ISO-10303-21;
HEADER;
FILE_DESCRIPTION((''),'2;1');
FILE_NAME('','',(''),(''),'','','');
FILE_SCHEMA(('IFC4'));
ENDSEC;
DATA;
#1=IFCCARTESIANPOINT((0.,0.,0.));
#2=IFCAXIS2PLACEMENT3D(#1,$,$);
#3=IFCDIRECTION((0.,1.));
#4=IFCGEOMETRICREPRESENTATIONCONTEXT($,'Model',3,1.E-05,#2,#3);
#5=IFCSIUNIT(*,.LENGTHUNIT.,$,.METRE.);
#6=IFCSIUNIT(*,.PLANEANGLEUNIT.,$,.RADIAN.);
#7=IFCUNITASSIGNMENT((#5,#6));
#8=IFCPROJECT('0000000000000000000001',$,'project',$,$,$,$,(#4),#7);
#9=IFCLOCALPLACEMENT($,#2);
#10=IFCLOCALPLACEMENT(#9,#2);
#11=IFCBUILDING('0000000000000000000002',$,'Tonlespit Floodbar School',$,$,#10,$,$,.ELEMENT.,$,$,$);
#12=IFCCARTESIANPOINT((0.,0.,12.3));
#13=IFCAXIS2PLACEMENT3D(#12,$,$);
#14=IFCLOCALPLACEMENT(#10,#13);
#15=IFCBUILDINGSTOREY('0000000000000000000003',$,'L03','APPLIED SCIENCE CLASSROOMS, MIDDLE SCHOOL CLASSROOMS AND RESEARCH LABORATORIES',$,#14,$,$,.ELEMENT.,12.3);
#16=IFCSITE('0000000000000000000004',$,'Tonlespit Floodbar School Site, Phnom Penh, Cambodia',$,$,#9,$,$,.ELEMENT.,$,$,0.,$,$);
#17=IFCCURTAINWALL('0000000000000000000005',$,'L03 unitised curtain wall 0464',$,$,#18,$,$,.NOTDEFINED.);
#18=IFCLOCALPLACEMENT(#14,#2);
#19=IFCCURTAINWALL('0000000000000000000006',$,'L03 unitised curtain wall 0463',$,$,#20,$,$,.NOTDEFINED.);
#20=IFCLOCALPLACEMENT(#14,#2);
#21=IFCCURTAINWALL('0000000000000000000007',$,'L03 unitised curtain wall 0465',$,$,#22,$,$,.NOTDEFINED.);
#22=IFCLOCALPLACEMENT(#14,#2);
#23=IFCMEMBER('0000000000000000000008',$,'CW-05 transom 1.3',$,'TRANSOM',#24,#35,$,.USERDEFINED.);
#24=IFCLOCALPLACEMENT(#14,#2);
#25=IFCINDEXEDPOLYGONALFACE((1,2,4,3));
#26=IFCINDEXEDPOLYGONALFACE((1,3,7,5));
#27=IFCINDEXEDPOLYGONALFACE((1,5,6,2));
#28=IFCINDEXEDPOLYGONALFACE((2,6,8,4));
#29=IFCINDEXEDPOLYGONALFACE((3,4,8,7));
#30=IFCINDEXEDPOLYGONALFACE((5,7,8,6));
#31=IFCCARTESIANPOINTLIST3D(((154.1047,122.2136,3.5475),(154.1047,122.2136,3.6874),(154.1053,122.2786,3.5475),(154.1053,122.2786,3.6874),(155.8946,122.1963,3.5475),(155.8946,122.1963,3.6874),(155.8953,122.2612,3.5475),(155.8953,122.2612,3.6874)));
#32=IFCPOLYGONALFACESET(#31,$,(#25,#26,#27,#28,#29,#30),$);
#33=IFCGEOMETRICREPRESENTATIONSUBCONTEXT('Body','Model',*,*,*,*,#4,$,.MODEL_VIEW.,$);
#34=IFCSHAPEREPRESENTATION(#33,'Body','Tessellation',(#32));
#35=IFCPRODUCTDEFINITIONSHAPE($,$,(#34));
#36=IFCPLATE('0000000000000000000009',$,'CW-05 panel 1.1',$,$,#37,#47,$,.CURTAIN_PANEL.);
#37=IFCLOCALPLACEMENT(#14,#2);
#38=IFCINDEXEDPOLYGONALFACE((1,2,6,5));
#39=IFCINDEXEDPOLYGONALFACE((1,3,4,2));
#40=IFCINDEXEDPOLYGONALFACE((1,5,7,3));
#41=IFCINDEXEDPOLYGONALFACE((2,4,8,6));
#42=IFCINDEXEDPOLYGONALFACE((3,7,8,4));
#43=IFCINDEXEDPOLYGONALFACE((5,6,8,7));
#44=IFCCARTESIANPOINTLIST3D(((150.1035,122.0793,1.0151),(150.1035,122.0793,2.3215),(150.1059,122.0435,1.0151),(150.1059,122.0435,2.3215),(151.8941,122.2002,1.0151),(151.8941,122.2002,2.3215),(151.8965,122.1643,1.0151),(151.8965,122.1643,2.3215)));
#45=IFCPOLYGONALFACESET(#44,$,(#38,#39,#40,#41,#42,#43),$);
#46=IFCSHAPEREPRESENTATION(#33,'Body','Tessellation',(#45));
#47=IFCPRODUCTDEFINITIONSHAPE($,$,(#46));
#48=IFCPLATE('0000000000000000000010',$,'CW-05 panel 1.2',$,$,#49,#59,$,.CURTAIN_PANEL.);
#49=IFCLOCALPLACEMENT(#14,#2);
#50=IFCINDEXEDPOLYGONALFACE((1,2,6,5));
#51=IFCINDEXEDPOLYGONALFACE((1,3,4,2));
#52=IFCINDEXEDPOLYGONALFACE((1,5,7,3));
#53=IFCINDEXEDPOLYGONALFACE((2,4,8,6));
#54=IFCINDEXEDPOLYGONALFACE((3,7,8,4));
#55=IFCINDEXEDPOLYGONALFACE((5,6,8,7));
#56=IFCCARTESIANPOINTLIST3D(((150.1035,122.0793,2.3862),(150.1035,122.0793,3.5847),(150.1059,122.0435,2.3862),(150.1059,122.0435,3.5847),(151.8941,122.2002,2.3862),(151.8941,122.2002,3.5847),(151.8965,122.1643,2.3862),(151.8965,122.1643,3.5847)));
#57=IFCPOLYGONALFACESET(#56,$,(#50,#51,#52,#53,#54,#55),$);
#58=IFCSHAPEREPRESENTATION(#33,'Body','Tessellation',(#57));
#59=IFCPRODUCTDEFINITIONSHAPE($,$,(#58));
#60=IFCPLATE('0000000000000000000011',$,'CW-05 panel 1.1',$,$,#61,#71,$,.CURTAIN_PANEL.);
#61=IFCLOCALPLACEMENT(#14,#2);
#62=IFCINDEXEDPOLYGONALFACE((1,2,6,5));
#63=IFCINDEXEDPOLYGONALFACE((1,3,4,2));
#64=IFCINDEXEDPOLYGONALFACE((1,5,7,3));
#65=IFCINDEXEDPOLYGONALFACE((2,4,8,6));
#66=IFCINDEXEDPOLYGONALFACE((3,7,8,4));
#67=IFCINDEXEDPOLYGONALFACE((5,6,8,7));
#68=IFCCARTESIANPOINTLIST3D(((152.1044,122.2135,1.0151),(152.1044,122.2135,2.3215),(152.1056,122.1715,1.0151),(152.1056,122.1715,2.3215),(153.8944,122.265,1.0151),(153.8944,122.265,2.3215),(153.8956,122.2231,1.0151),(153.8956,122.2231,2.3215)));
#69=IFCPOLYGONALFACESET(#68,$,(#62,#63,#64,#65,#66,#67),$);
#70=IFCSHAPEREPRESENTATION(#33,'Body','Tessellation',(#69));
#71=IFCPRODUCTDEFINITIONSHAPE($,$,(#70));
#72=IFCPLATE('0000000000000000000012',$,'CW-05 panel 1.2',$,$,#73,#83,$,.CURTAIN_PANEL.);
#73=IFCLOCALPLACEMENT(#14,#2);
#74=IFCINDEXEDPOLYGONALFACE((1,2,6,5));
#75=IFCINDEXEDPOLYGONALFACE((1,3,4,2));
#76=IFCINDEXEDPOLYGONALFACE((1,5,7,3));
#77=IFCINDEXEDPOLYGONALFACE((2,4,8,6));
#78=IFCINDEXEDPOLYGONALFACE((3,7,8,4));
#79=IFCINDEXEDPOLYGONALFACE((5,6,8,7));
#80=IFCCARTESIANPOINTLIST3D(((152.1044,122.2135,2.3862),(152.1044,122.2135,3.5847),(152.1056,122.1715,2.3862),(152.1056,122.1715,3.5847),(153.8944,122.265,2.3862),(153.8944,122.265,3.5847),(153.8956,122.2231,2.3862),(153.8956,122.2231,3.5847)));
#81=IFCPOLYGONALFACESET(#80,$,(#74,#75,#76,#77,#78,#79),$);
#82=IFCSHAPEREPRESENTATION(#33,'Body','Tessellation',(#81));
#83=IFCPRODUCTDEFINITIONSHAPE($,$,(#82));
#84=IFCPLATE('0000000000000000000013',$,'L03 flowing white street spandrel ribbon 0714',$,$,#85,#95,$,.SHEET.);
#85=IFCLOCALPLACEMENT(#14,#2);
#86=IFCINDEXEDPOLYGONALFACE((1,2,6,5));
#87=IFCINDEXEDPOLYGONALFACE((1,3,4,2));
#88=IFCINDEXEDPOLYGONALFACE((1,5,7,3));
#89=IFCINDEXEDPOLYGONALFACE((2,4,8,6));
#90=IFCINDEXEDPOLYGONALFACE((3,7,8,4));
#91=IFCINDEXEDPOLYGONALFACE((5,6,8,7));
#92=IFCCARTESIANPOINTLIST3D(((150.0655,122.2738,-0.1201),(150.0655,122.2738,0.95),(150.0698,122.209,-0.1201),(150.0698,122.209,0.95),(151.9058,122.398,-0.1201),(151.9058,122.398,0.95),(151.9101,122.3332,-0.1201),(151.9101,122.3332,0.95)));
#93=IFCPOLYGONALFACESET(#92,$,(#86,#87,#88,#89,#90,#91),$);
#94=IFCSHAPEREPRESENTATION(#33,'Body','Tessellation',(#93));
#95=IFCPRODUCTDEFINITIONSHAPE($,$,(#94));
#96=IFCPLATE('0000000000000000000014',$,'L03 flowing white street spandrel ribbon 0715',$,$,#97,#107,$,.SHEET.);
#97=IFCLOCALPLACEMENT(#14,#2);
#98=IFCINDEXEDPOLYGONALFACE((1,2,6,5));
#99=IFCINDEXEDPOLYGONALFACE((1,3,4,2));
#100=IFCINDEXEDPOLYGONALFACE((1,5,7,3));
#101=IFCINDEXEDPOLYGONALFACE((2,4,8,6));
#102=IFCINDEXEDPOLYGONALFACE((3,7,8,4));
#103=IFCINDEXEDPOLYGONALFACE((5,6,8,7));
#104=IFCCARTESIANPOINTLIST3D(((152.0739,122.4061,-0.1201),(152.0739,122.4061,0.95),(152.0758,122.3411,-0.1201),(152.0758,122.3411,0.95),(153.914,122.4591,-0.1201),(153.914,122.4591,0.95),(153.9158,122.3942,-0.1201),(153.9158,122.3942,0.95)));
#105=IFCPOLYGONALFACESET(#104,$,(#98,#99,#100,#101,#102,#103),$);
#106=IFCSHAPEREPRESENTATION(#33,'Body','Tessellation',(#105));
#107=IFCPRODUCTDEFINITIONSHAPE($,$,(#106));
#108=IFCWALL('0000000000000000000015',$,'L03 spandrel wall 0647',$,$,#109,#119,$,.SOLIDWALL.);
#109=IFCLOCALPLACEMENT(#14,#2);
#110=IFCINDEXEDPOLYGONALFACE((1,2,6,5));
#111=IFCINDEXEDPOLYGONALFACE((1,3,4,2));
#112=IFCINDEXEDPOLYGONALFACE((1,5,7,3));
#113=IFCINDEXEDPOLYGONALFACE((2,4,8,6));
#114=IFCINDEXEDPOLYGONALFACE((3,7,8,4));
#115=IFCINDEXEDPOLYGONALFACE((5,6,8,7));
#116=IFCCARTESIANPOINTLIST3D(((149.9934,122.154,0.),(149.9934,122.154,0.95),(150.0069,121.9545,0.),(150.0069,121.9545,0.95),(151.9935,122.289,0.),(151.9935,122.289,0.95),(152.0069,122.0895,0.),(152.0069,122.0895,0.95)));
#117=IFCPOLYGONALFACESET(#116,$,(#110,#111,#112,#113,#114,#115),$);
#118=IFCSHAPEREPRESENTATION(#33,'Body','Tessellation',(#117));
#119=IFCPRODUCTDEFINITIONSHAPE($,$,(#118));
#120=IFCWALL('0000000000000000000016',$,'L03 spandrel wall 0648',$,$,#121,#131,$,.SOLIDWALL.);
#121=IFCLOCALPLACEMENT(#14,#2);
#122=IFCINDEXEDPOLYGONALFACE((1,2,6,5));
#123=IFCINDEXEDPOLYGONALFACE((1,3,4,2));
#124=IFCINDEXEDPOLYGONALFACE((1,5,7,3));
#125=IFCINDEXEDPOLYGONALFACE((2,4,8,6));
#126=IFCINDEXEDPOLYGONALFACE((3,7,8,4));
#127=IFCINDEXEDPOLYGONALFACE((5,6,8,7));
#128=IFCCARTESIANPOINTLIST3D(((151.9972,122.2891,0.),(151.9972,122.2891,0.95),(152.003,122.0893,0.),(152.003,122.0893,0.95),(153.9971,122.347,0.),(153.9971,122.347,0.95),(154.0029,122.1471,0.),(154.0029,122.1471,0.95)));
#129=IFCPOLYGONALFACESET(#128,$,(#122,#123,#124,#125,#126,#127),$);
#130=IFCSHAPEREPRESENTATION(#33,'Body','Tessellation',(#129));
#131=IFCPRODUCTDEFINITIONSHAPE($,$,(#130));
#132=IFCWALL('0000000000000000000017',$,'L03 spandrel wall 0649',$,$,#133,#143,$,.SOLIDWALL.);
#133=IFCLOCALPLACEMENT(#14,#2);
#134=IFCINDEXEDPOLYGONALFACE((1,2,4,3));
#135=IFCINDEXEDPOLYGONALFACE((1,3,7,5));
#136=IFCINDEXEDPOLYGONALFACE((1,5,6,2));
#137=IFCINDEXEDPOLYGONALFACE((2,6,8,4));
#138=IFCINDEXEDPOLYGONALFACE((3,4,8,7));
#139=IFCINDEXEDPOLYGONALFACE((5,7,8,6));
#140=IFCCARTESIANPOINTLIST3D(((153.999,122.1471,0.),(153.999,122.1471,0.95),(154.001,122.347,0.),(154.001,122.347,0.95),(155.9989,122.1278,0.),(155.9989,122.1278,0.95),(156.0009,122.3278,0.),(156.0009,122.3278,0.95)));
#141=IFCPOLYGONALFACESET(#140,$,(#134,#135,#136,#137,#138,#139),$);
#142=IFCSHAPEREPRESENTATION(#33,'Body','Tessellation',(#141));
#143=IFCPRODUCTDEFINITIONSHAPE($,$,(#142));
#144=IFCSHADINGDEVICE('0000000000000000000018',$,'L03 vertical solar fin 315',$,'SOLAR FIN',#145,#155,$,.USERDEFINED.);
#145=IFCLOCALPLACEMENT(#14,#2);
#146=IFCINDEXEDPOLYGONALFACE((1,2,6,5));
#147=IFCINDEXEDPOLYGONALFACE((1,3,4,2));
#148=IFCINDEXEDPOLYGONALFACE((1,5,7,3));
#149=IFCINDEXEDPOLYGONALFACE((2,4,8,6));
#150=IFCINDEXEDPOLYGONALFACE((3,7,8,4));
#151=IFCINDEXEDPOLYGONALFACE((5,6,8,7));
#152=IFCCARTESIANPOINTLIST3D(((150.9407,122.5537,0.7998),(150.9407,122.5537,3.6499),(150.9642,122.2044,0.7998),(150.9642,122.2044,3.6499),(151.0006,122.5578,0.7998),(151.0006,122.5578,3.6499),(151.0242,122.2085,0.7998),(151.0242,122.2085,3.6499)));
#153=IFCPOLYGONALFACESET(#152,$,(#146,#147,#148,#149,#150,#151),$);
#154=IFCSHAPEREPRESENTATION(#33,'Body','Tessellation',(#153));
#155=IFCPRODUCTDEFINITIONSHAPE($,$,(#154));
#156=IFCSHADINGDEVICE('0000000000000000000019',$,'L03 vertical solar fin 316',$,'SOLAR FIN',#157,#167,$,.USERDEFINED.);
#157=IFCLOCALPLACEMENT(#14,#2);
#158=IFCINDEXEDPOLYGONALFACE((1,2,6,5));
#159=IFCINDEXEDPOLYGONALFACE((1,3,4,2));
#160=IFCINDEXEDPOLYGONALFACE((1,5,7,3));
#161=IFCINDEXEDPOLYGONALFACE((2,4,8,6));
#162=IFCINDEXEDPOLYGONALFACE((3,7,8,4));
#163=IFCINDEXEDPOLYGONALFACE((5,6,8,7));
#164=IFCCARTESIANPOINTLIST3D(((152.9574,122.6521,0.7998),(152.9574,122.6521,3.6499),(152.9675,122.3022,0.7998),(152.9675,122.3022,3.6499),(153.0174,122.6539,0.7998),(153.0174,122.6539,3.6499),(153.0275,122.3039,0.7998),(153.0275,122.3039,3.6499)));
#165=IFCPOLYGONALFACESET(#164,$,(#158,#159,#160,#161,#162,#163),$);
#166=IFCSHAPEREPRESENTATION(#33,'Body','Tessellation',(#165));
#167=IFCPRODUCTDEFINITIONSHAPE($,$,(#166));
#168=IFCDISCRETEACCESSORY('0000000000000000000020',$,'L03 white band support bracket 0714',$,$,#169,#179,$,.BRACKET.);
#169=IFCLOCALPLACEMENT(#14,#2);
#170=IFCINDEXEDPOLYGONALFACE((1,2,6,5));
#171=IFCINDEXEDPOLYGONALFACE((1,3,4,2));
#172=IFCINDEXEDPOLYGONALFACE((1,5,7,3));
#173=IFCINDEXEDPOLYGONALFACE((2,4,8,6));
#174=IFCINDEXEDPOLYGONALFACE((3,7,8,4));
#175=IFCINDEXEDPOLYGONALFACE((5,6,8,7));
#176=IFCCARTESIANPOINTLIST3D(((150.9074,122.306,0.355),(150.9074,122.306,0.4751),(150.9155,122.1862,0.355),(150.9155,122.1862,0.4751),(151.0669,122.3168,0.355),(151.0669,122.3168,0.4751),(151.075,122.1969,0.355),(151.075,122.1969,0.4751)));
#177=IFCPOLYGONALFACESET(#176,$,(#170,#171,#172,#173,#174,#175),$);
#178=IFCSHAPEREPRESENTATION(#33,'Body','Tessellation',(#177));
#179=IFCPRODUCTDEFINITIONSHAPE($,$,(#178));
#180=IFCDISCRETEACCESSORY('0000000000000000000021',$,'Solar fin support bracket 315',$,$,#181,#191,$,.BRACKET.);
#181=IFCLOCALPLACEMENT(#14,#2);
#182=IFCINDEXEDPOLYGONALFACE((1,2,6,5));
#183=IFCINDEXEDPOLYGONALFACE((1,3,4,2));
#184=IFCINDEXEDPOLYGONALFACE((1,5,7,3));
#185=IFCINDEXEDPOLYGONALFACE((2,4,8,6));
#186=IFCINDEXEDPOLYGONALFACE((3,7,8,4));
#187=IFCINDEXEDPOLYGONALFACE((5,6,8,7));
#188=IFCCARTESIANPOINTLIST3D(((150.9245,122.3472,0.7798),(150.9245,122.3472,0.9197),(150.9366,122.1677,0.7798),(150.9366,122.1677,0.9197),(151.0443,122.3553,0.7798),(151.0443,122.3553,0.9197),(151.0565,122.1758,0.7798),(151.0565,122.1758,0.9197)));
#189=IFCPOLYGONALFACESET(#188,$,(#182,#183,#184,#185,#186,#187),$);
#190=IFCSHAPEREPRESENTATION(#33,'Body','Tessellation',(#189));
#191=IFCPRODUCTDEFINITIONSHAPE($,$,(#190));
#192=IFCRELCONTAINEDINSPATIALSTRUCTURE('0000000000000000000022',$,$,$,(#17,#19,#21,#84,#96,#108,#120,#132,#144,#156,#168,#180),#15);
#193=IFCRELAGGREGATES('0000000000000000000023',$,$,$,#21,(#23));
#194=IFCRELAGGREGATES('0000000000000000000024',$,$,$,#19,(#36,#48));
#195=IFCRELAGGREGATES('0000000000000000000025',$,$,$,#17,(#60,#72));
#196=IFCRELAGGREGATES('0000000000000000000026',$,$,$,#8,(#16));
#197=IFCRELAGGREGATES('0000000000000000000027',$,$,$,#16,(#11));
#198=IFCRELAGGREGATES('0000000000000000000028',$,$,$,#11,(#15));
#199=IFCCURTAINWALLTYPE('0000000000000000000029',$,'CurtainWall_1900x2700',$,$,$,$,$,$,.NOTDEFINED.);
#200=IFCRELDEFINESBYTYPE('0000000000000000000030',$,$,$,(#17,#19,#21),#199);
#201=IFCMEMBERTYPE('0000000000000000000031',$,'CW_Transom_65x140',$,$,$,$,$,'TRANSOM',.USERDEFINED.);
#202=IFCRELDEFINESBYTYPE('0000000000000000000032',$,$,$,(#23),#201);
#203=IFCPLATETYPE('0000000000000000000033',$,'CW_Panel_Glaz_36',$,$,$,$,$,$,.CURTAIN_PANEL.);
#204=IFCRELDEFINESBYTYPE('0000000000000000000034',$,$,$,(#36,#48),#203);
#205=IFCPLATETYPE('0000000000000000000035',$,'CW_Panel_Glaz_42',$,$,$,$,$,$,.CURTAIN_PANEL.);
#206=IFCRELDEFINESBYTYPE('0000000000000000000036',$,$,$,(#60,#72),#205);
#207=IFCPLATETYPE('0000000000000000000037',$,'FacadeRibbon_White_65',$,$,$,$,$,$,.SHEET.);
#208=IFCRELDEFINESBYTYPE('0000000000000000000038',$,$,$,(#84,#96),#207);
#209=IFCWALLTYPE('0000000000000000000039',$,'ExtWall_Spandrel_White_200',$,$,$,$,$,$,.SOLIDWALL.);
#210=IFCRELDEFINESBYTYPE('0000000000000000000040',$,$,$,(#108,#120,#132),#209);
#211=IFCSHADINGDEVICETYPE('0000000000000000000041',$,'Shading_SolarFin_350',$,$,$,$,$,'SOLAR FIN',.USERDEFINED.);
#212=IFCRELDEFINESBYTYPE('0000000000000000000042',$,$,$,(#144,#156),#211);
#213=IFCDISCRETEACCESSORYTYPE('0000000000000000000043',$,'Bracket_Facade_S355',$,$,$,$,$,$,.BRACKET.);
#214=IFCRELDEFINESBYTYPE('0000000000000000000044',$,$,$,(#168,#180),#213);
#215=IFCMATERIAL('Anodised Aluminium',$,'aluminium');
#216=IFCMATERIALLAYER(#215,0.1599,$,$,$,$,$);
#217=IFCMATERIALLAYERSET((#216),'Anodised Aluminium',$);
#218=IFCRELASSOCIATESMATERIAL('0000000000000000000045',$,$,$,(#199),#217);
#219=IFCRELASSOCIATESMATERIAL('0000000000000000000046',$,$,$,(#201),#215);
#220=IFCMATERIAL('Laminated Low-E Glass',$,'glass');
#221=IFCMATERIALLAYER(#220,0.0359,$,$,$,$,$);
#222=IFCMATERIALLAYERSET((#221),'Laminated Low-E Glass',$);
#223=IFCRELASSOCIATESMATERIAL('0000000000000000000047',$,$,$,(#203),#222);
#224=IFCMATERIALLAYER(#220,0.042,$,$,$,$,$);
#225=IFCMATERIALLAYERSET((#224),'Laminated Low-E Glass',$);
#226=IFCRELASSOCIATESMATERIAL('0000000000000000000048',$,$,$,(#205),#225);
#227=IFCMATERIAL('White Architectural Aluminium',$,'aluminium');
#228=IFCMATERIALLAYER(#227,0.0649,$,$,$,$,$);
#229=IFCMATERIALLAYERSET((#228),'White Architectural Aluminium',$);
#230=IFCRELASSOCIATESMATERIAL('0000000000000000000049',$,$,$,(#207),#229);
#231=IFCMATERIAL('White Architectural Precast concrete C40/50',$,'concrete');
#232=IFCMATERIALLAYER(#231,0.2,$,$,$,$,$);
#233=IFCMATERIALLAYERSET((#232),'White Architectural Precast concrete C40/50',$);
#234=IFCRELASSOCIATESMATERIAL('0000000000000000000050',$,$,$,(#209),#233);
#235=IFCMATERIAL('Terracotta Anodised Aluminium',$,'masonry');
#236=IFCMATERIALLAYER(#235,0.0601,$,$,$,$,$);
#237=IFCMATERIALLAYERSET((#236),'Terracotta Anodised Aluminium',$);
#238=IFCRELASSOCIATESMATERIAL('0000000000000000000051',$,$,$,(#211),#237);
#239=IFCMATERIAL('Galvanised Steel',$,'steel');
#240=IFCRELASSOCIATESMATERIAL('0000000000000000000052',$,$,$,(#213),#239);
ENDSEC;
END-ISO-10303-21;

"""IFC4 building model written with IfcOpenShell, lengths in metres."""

from ifc_helpers import new_model, si_unit, direction, frame, frame_2d, origin, origin_2d, place, context, subcontext, project, spatial, rectangle, extrude, material, layer, layer_set, material_profile, profile_set, type_object, element, aggregate, save


model = new_model("IFC4")

# Units and contexts
model_context = context("Model", 3, precision=1e-05, world=origin(), true_north=direction((0.0, 1.0)))
body_context = subcontext(model_context, "Body", "Model", "MODEL_VIEW")
ifc_project = project(units=[si_unit("LENGTHUNIT", "METRE"), si_unit("PLANEANGLEUNIT", "RADIAN")], contexts=[model_context])

# Site, building, storey
site_placement = place(None, origin())
site = spatial("IfcSite", under=ifc_project, at=site_placement, Name="Tonlespit Floodbar School Site, Phnom Penh, Cambodia", CompositionType="ELEMENT", RefElevation=0.0)
building_placement = place(site_placement, origin())
building = spatial("IfcBuilding", under=site, at=building_placement, Name="Tonlespit Floodbar School", CompositionType="ELEMENT")
storey_placement = place(building_placement, frame((0.0, 0.0, 12.3)))
storey = spatial("IfcBuildingStorey", under=building, at=storey_placement, Name="L03", Description="APPLIED SCIENCE CLASSROOMS, MIDDLE SCHOOL CLASSROOMS AND RESEARCH LABORATORIES", CompositionType="ELEMENT", Elevation=12.3)

# Shared definitions
ifc_material_1 = material(Name="Anodised Aluminium", Category="aluminium")

# Curtain walls
ifc_layer_1 = layer(ifc_material_1, 0.1599)
ifc_layer_set_1 = layer_set([ifc_layer_1], Name="Anodised Aluminium")
curtain_wall_type_1 = type_object("IfcCurtainWallType", Name="CurtainWall_1900x2700", PredefinedType="NOTDEFINED", material=ifc_layer_set_1)
curtain_wall_1_placement = place(storey_placement, origin())
curtain_wall_1 = element("IfcCurtainWall", 1, at=curtain_wall_1_placement, inside=storey, type_object=curtain_wall_type_1, Name="L03 unitised curtain wall 0464", PredefinedType="NOTDEFINED")
curtain_wall_2_placement = place(storey_placement, origin())
curtain_wall_2 = element("IfcCurtainWall", 2, at=curtain_wall_2_placement, inside=storey, type_object=curtain_wall_type_1, Name="L03 unitised curtain wall 0463", PredefinedType="NOTDEFINED")

# Curtain wall
curtain_wall_3_placement = place(storey_placement, origin())
curtain_wall_3 = element("IfcCurtainWall", 3, at=curtain_wall_3_placement, inside=storey, type_object=curtain_wall_type_1, Name="L03 unitised curtain wall 0465", PredefinedType="NOTDEFINED")

# Member
ifc_material_profile_1 = material_profile(ifc_material_1, rectangle(XDim=0.0649, YDim=0.1399, at=origin_2d()), Name="ALU T65x140")
ifc_profile_set_1 = profile_set([ifc_material_profile_1], Name="Anodised Aluminium")
member_type_1 = type_object("IfcMemberType", Name="CW_Transom_65x140", ElementType="TRANSOM", PredefinedType="USERDEFINED", material=ifc_profile_set_1)
member_1_placement = place(storey_placement, frame((154.105, 122.2461, 3.6174), z_axis=(0.999953, -0.009683, 0.0), x_axis=(0.009683, 0.999953, 0.0)))
member_1 = element("IfcMember", 4, at=member_1_placement, type_object=member_type_1, Name="CW-05 transom 1.3", ObjectType="TRANSOM", PredefinedType="USERDEFINED", context=body_context, shape_type="SweptSolid", body=[
    extrude(rectangle(XDim=0.0649, YDim=0.1399, at=origin_2d()), origin(), (0.0, 0.0, 1.0), 1.79),
])
aggregate(curtain_wall_3, [member_1])

# Plates
ifc_material_2 = material(Name="Laminated Low-E Glass", Category="glass")
ifc_layer_2 = layer(ifc_material_2, 0.0359)
ifc_layer_set_2 = layer_set([ifc_layer_2], Name="Laminated Low-E Glass")
plate_type_1 = type_object("IfcPlateType", Name="CW_Panel_Glaz_36", PredefinedType="CURTAIN_PANEL", material=ifc_layer_set_2)
plate_1_placement = place(storey_placement, frame((151.0, 122.1218, 1.0151), z_axis=(0.0, 0.0, 1.0), x_axis=(0.99773, 0.06734, 0.0)))
plate_1 = element("IfcPlate", 5, at=plate_1_placement, type_object=plate_type_1, Name="CW-05 panel 1.1", PredefinedType="CURTAIN_PANEL", context=body_context, shape_type="SweptSolid", body=[
    extrude(rectangle(XDim=1.7947, YDim=0.0359, at=origin_2d()), origin(), (0.0, 0.0, 1.0), 1.3064),
])
plate_2_placement = place(storey_placement, frame((151.0, 122.1218, 2.3862), z_axis=(0.0, 0.0, 1.0), x_axis=(0.99773, 0.06734, 0.0)))
plate_2 = element("IfcPlate", 6, at=plate_2_placement, type_object=plate_type_1, Name="CW-05 panel 1.2", PredefinedType="CURTAIN_PANEL", context=body_context, shape_type="SweptSolid", body=[
    extrude(rectangle(XDim=1.7947, YDim=0.0359, at=origin_2d()), origin(), (0.0, 0.0, 1.0), 1.1985),
])
aggregate(curtain_wall_2, [plate_1, plate_2])
ifc_layer_3 = layer(ifc_material_2, 0.042)
ifc_layer_set_3 = layer_set([ifc_layer_3], Name="Laminated Low-E Glass")
plate_type_2 = type_object("IfcPlateType", Name="CW_Panel_Glaz_42", PredefinedType="CURTAIN_PANEL", material=ifc_layer_set_3)
plate_3_placement = place(storey_placement, frame((153.0, 122.2183, 1.0151), z_axis=(0.0, 0.0, 1.0), x_axis=(0.999585, 0.02879, 0.0)))
plate_3 = element("IfcPlate", 7, at=plate_3_placement, type_object=plate_type_2, Name="CW-05 panel 1.1", PredefinedType="CURTAIN_PANEL", context=body_context, shape_type="SweptSolid", body=[
    extrude(rectangle(XDim=1.7908, YDim=0.042, at=origin_2d()), origin(), (0.0, 0.0, 1.0), 1.3064),
])
plate_4_placement = place(storey_placement, frame((153.0, 122.2183, 2.3862), z_axis=(0.0, 0.0, 1.0), x_axis=(0.999585, 0.02879, 0.0)))
plate_4 = element("IfcPlate", 8, at=plate_4_placement, type_object=plate_type_2, Name="CW-05 panel 1.2", PredefinedType="CURTAIN_PANEL", context=body_context, shape_type="SweptSolid", body=[
    extrude(rectangle(XDim=1.7908, YDim=0.042, at=origin_2d()), origin(), (0.0, 0.0, 1.0), 1.1985),
])
aggregate(curtain_wall_1, [plate_3, plate_4])

# Plates
ifc_material_3 = material(Name="White Architectural Aluminium", Category="aluminium")
ifc_layer_4 = layer(ifc_material_3, 0.0649)
ifc_layer_set_4 = layer_set([ifc_layer_4], Name="White Architectural Aluminium")
plate_type_3 = type_object("IfcPlateType", Name="FacadeRibbon_White_65", PredefinedType="SHEET", material=ifc_layer_set_4)
plate_5_placement = place(storey_placement, frame((150.9878, 122.3035, -0.1201), z_axis=(0.0, 0.0, 1.0), x_axis=(0.99773, 0.067347, 0.0)))
element("IfcPlate", 9, at=plate_5_placement, inside=storey, type_object=plate_type_3, Name="L03 flowing white street spandrel ribbon 0714", PredefinedType="SHEET", context=body_context, shape_type="SweptSolid", body=[
    extrude(rectangle(XDim=1.8445, YDim=0.0649, at=origin_2d()), origin(), (0.0, 0.0, 1.0), 1.0701),
])
plate_6_placement = place(storey_placement, frame((152.9949, 122.4001, -0.1201), z_axis=(0.0, 0.0, 1.0), x_axis=(0.999584, 0.028838, 0.0)))
element("IfcPlate", 10, at=plate_6_placement, inside=storey, type_object=plate_type_3, Name="L03 flowing white street spandrel ribbon 0715", PredefinedType="SHEET", context=body_context, shape_type="SweptSolid", body=[
    extrude(rectangle(XDim=1.8408, YDim=0.0649, at=origin_2d()), origin(), (0.0, 0.0, 1.0), 1.0701),
])

# Walls
ifc_material_4 = material(Name="White Architectural Precast concrete C40/50", Category="concrete")
ifc_layer_5 = layer(ifc_material_4, 0.2)
ifc_layer_set_5 = layer_set([ifc_layer_5], Name="White Architectural Precast concrete C40/50")
wall_type = type_object("IfcWallType", Name="ExtWall_Spandrel_White_200", PredefinedType="SOLIDWALL", material=ifc_layer_set_5)
wall_1_placement = place(storey_placement, frame((150.0, 122.0542, 0.0), z_axis=(0.0, 0.0, 1.0), x_axis=(0.997729, 0.067352, 0.0)))
element("IfcWall", 11, at=wall_1_placement, inside=storey, type_object=wall_type, Name="L03 spandrel wall 0647", PredefinedType="SOLIDWALL", context=body_context, shape_type="SweptSolid", body=[
    extrude(rectangle(XDim=2.0046, YDim=0.2, at=frame_2d((1.0024, 0.0))), origin(), (0.0, 0.0, 1.0), 0.95),
])
wall_2_placement = place(storey_placement, frame((152.0, 122.1892, 0.0), z_axis=(0.0, 0.0, 1.0), x_axis=(0.999582, 0.028919, 0.0)))
element("IfcWall", 12, at=wall_2_placement, inside=storey, type_object=wall_type, Name="L03 spandrel wall 0648", PredefinedType="SOLIDWALL", context=body_context, shape_type="SweptSolid", body=[
    extrude(rectangle(XDim=2.0007, YDim=0.2, at=frame_2d((1.0005, 0.0))), origin(), (0.0, 0.0, 1.0), 0.95),
])
wall_3_placement = place(storey_placement, frame((154.0, 122.2471, 0.0), z_axis=(0.0, 0.0, 1.0), x_axis=(0.999954, -0.009643, 0.0)))
element("IfcWall", 13, at=wall_3_placement, inside=storey, type_object=wall_type, Name="L03 spandrel wall 0649", PredefinedType="SOLIDWALL", context=body_context, shape_type="SweptSolid", body=[
    extrude(rectangle(XDim=2.0, YDim=0.2, at=frame_2d((1.0, 0.0))), origin(), (0.0, 0.0, 1.0), 0.95),
])

# Shading devices
ifc_material_5 = material(Name="Terracotta Anodised Aluminium", Category="masonry")
ifc_layer_6 = layer(ifc_material_5, 0.0601)
ifc_layer_set_6 = layer_set([ifc_layer_6], Name="Terracotta Anodised Aluminium")
shading_device_type = type_object("IfcShadingDeviceType", Name="Shading_SolarFin_350", ElementType="SOLAR FIN", PredefinedType="USERDEFINED", material=ifc_layer_set_6)
for number, where, z_axis, x_axis, name in (
    (14, (150.9824, 122.3811, 0.7998), (0.0, 0.0, 1.0), (0.99773, 0.067347, 0.0), "L03 vertical solar fin 315"),
    (15, (152.9924, 122.478, 0.7998), (0.0, 0.0, 1.0), (0.999584, 0.028838, 0.0), "L03 vertical solar fin 316"),
):
    element("IfcShadingDevice", number, at=place(storey_placement, frame(where, z_axis=z_axis, x_axis=x_axis)), inside=storey, type_object=shading_device_type, Name=name, ObjectType="SOLAR FIN", PredefinedType="USERDEFINED", context=body_context, shape_type="SweptSolid", body=[
        extrude(rectangle(XDim=0.0601, YDim=0.3501, at=origin_2d()), origin(), (0.0, 0.0, 1.0), 2.8501),
    ])

# Discrete accessories
ifc_material_6 = material(Name="Galvanised Steel", Category="steel")
discrete_accessory_type = type_object("IfcDiscreteAccessoryType", Name="Bracket_Facade_S355", PredefinedType="BRACKET", material=ifc_material_6)
discrete_accessory_1_placement = place(storey_placement, frame((150.9912, 122.2515, 0.355), z_axis=(0.0, 0.0, 1.0), x_axis=(0.99773, 0.067347, 0.0)))
element("IfcDiscreteAccessory", 16, at=discrete_accessory_1_placement, inside=storey, type_object=discrete_accessory_type, Name="L03 white band support bracket 0714", PredefinedType="BRACKET", context=body_context, shape_type="SweptSolid", body=[
    extrude(rectangle(XDim=0.1599, YDim=0.1201, at=origin_2d()), origin(), (0.0, 0.0, 1.0), 0.1201),
])
discrete_accessory_2_placement = place(storey_placement, frame((150.9905, 122.2615, 0.7798), z_axis=(0.0, 0.0, 1.0), x_axis=(0.99773, 0.067347, 0.0)))
element("IfcDiscreteAccessory", 17, at=discrete_accessory_2_placement, inside=storey, type_object=discrete_accessory_type, Name="Solar fin support bracket 315", PredefinedType="BRACKET", context=body_context, shape_type="SweptSolid", body=[
    extrude(rectangle(XDim=0.1201, YDim=0.1799, at=origin_2d()), origin(), (0.0, 0.0, 1.0), 0.1399),
])

save(model, "model.ifc")
